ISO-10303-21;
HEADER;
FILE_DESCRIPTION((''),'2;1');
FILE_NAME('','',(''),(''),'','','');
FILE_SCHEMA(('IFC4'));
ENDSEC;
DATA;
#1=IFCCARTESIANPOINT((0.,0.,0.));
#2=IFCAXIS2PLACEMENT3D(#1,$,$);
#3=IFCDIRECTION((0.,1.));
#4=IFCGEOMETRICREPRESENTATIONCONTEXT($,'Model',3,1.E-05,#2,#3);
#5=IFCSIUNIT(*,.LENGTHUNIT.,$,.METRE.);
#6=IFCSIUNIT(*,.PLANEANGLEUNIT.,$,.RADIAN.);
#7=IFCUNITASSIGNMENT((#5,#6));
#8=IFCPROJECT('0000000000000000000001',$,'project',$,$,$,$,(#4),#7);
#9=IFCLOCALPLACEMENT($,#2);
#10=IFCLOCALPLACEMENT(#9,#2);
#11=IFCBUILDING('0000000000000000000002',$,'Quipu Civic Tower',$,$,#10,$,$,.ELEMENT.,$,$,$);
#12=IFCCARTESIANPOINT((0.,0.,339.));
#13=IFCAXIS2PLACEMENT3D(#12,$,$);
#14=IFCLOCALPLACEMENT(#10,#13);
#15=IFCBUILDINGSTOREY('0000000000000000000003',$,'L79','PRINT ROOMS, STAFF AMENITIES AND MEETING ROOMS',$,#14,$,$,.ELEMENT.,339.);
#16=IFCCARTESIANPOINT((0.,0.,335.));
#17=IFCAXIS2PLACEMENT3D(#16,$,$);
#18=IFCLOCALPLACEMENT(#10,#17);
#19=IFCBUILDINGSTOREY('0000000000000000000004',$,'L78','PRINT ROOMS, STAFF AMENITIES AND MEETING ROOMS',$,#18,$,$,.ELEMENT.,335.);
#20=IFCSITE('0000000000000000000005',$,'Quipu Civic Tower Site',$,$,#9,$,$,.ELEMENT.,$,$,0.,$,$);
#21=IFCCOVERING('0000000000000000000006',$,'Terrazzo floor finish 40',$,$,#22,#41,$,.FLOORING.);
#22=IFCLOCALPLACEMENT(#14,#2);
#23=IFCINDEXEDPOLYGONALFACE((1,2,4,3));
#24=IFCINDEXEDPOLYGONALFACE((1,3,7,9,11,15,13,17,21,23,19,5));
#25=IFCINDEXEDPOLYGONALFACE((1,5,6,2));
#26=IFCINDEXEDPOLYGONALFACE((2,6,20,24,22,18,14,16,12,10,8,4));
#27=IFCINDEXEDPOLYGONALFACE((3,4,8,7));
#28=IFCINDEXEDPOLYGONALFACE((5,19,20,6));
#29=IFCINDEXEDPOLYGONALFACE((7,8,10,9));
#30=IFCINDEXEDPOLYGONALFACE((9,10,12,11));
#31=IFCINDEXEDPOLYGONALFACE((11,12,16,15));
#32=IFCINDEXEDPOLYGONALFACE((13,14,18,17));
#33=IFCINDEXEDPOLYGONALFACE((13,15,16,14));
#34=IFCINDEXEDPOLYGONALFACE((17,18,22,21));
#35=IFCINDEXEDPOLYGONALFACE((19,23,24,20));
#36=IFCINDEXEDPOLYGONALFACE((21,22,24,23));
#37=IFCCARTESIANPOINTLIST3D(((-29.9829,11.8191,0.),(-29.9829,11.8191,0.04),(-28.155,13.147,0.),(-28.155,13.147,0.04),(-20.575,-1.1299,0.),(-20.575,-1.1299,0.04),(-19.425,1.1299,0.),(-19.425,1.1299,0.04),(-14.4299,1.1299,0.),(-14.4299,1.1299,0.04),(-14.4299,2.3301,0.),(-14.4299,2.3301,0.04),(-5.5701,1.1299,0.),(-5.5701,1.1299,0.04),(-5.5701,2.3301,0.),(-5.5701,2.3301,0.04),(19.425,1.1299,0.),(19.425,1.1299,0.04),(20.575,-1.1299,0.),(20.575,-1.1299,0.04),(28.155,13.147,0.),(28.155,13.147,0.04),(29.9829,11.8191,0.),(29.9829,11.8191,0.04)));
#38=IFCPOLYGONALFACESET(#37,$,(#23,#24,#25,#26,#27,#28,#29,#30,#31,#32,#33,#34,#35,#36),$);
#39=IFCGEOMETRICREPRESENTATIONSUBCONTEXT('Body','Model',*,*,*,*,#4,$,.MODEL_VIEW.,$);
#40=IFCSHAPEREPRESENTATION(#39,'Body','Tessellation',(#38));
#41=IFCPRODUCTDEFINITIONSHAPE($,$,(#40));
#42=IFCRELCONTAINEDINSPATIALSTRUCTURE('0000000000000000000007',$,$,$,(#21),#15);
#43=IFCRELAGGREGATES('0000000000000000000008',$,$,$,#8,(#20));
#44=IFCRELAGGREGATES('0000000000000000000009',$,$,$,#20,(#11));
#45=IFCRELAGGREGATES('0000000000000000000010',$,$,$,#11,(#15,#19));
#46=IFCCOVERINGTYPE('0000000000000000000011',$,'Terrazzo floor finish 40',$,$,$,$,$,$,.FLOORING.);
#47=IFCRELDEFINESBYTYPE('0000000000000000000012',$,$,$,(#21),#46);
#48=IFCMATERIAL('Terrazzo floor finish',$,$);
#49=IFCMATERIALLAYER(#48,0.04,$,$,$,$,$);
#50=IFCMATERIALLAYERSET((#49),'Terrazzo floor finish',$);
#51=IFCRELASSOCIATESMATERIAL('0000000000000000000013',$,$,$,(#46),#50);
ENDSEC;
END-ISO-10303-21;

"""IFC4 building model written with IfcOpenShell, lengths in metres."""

from ifc_helpers import new_model, si_unit, direction, frame, origin, place, context, subcontext, project, spatial, polyline, outline, extrude, material, layer, layer_set, type_object, element, save


model = new_model("IFC4")

# Units and contexts
model_context = context("Model", 3, precision=1e-05, world=origin(), true_north=direction((0.0, 1.0)))
body_context = subcontext(model_context, "Body", "Model", "MODEL_VIEW")
ifc_project = project(units=[si_unit("LENGTHUNIT", "METRE"), si_unit("PLANEANGLEUNIT", "RADIAN")], contexts=[model_context])

# Site, building, storey
site_placement = place(None, origin())
site = spatial("IfcSite", under=ifc_project, at=site_placement, Name="Quipu Civic Tower Site", CompositionType="ELEMENT", RefElevation=0.0)
building_placement = place(site_placement, origin())
building = spatial("IfcBuilding", under=site, at=building_placement, Name="Quipu Civic Tower", CompositionType="ELEMENT")
storey_1_placement = place(building_placement, frame((0.0, 0.0, 339.0)))
storey_1 = spatial("IfcBuildingStorey", under=building, at=storey_1_placement, Name="L79", Description="PRINT ROOMS, STAFF AMENITIES AND MEETING ROOMS", CompositionType="ELEMENT", Elevation=339.0)

# Shared definitions
storey_2_placement = place(building_placement, frame((0.0, 0.0, 335.0)))
storey_2 = spatial("IfcBuildingStorey", under=building, at=storey_2_placement, Name="L78", Description="PRINT ROOMS, STAFF AMENITIES AND MEETING ROOMS", CompositionType="ELEMENT", Elevation=335.0)

# Covering
ifc_material_1 = material(Name="Terrazzo floor finish")
ifc_layer_1 = layer(ifc_material_1, 0.04)
ifc_layer_set_1 = layer_set([ifc_layer_1], Name="Terrazzo floor finish")
covering_type_1 = type_object("IfcCoveringType", Name="Terrazzo floor finish 40", PredefinedType="FLOORING", material=ifc_layer_set_1)
covering_1_placement = place(storey_1_placement, origin())
element("IfcCovering", 1, at=covering_1_placement, inside=storey_1, type_object=covering_type_1, Name="Terrazzo floor finish 40", PredefinedType="FLOORING", context=body_context, shape_type="SweptSolid", body=[
    extrude(outline(polyline([(19.425, 1.1299), (28.155, 13.147), (29.9829, 11.8191), (20.575, -1.1299), (-20.575, -1.1299), (-29.9829, 11.8191), (-28.155, 13.147), (-19.425, 1.1299), (-14.4299, 1.1299), (-14.4299, 2.3301), (-5.5701, 2.3301), (-5.5701, 1.1299), (19.425, 1.1299)])), origin(), (0.0, 0.0, 1.0), 0.04),
])

save(model, "model.ifc")
